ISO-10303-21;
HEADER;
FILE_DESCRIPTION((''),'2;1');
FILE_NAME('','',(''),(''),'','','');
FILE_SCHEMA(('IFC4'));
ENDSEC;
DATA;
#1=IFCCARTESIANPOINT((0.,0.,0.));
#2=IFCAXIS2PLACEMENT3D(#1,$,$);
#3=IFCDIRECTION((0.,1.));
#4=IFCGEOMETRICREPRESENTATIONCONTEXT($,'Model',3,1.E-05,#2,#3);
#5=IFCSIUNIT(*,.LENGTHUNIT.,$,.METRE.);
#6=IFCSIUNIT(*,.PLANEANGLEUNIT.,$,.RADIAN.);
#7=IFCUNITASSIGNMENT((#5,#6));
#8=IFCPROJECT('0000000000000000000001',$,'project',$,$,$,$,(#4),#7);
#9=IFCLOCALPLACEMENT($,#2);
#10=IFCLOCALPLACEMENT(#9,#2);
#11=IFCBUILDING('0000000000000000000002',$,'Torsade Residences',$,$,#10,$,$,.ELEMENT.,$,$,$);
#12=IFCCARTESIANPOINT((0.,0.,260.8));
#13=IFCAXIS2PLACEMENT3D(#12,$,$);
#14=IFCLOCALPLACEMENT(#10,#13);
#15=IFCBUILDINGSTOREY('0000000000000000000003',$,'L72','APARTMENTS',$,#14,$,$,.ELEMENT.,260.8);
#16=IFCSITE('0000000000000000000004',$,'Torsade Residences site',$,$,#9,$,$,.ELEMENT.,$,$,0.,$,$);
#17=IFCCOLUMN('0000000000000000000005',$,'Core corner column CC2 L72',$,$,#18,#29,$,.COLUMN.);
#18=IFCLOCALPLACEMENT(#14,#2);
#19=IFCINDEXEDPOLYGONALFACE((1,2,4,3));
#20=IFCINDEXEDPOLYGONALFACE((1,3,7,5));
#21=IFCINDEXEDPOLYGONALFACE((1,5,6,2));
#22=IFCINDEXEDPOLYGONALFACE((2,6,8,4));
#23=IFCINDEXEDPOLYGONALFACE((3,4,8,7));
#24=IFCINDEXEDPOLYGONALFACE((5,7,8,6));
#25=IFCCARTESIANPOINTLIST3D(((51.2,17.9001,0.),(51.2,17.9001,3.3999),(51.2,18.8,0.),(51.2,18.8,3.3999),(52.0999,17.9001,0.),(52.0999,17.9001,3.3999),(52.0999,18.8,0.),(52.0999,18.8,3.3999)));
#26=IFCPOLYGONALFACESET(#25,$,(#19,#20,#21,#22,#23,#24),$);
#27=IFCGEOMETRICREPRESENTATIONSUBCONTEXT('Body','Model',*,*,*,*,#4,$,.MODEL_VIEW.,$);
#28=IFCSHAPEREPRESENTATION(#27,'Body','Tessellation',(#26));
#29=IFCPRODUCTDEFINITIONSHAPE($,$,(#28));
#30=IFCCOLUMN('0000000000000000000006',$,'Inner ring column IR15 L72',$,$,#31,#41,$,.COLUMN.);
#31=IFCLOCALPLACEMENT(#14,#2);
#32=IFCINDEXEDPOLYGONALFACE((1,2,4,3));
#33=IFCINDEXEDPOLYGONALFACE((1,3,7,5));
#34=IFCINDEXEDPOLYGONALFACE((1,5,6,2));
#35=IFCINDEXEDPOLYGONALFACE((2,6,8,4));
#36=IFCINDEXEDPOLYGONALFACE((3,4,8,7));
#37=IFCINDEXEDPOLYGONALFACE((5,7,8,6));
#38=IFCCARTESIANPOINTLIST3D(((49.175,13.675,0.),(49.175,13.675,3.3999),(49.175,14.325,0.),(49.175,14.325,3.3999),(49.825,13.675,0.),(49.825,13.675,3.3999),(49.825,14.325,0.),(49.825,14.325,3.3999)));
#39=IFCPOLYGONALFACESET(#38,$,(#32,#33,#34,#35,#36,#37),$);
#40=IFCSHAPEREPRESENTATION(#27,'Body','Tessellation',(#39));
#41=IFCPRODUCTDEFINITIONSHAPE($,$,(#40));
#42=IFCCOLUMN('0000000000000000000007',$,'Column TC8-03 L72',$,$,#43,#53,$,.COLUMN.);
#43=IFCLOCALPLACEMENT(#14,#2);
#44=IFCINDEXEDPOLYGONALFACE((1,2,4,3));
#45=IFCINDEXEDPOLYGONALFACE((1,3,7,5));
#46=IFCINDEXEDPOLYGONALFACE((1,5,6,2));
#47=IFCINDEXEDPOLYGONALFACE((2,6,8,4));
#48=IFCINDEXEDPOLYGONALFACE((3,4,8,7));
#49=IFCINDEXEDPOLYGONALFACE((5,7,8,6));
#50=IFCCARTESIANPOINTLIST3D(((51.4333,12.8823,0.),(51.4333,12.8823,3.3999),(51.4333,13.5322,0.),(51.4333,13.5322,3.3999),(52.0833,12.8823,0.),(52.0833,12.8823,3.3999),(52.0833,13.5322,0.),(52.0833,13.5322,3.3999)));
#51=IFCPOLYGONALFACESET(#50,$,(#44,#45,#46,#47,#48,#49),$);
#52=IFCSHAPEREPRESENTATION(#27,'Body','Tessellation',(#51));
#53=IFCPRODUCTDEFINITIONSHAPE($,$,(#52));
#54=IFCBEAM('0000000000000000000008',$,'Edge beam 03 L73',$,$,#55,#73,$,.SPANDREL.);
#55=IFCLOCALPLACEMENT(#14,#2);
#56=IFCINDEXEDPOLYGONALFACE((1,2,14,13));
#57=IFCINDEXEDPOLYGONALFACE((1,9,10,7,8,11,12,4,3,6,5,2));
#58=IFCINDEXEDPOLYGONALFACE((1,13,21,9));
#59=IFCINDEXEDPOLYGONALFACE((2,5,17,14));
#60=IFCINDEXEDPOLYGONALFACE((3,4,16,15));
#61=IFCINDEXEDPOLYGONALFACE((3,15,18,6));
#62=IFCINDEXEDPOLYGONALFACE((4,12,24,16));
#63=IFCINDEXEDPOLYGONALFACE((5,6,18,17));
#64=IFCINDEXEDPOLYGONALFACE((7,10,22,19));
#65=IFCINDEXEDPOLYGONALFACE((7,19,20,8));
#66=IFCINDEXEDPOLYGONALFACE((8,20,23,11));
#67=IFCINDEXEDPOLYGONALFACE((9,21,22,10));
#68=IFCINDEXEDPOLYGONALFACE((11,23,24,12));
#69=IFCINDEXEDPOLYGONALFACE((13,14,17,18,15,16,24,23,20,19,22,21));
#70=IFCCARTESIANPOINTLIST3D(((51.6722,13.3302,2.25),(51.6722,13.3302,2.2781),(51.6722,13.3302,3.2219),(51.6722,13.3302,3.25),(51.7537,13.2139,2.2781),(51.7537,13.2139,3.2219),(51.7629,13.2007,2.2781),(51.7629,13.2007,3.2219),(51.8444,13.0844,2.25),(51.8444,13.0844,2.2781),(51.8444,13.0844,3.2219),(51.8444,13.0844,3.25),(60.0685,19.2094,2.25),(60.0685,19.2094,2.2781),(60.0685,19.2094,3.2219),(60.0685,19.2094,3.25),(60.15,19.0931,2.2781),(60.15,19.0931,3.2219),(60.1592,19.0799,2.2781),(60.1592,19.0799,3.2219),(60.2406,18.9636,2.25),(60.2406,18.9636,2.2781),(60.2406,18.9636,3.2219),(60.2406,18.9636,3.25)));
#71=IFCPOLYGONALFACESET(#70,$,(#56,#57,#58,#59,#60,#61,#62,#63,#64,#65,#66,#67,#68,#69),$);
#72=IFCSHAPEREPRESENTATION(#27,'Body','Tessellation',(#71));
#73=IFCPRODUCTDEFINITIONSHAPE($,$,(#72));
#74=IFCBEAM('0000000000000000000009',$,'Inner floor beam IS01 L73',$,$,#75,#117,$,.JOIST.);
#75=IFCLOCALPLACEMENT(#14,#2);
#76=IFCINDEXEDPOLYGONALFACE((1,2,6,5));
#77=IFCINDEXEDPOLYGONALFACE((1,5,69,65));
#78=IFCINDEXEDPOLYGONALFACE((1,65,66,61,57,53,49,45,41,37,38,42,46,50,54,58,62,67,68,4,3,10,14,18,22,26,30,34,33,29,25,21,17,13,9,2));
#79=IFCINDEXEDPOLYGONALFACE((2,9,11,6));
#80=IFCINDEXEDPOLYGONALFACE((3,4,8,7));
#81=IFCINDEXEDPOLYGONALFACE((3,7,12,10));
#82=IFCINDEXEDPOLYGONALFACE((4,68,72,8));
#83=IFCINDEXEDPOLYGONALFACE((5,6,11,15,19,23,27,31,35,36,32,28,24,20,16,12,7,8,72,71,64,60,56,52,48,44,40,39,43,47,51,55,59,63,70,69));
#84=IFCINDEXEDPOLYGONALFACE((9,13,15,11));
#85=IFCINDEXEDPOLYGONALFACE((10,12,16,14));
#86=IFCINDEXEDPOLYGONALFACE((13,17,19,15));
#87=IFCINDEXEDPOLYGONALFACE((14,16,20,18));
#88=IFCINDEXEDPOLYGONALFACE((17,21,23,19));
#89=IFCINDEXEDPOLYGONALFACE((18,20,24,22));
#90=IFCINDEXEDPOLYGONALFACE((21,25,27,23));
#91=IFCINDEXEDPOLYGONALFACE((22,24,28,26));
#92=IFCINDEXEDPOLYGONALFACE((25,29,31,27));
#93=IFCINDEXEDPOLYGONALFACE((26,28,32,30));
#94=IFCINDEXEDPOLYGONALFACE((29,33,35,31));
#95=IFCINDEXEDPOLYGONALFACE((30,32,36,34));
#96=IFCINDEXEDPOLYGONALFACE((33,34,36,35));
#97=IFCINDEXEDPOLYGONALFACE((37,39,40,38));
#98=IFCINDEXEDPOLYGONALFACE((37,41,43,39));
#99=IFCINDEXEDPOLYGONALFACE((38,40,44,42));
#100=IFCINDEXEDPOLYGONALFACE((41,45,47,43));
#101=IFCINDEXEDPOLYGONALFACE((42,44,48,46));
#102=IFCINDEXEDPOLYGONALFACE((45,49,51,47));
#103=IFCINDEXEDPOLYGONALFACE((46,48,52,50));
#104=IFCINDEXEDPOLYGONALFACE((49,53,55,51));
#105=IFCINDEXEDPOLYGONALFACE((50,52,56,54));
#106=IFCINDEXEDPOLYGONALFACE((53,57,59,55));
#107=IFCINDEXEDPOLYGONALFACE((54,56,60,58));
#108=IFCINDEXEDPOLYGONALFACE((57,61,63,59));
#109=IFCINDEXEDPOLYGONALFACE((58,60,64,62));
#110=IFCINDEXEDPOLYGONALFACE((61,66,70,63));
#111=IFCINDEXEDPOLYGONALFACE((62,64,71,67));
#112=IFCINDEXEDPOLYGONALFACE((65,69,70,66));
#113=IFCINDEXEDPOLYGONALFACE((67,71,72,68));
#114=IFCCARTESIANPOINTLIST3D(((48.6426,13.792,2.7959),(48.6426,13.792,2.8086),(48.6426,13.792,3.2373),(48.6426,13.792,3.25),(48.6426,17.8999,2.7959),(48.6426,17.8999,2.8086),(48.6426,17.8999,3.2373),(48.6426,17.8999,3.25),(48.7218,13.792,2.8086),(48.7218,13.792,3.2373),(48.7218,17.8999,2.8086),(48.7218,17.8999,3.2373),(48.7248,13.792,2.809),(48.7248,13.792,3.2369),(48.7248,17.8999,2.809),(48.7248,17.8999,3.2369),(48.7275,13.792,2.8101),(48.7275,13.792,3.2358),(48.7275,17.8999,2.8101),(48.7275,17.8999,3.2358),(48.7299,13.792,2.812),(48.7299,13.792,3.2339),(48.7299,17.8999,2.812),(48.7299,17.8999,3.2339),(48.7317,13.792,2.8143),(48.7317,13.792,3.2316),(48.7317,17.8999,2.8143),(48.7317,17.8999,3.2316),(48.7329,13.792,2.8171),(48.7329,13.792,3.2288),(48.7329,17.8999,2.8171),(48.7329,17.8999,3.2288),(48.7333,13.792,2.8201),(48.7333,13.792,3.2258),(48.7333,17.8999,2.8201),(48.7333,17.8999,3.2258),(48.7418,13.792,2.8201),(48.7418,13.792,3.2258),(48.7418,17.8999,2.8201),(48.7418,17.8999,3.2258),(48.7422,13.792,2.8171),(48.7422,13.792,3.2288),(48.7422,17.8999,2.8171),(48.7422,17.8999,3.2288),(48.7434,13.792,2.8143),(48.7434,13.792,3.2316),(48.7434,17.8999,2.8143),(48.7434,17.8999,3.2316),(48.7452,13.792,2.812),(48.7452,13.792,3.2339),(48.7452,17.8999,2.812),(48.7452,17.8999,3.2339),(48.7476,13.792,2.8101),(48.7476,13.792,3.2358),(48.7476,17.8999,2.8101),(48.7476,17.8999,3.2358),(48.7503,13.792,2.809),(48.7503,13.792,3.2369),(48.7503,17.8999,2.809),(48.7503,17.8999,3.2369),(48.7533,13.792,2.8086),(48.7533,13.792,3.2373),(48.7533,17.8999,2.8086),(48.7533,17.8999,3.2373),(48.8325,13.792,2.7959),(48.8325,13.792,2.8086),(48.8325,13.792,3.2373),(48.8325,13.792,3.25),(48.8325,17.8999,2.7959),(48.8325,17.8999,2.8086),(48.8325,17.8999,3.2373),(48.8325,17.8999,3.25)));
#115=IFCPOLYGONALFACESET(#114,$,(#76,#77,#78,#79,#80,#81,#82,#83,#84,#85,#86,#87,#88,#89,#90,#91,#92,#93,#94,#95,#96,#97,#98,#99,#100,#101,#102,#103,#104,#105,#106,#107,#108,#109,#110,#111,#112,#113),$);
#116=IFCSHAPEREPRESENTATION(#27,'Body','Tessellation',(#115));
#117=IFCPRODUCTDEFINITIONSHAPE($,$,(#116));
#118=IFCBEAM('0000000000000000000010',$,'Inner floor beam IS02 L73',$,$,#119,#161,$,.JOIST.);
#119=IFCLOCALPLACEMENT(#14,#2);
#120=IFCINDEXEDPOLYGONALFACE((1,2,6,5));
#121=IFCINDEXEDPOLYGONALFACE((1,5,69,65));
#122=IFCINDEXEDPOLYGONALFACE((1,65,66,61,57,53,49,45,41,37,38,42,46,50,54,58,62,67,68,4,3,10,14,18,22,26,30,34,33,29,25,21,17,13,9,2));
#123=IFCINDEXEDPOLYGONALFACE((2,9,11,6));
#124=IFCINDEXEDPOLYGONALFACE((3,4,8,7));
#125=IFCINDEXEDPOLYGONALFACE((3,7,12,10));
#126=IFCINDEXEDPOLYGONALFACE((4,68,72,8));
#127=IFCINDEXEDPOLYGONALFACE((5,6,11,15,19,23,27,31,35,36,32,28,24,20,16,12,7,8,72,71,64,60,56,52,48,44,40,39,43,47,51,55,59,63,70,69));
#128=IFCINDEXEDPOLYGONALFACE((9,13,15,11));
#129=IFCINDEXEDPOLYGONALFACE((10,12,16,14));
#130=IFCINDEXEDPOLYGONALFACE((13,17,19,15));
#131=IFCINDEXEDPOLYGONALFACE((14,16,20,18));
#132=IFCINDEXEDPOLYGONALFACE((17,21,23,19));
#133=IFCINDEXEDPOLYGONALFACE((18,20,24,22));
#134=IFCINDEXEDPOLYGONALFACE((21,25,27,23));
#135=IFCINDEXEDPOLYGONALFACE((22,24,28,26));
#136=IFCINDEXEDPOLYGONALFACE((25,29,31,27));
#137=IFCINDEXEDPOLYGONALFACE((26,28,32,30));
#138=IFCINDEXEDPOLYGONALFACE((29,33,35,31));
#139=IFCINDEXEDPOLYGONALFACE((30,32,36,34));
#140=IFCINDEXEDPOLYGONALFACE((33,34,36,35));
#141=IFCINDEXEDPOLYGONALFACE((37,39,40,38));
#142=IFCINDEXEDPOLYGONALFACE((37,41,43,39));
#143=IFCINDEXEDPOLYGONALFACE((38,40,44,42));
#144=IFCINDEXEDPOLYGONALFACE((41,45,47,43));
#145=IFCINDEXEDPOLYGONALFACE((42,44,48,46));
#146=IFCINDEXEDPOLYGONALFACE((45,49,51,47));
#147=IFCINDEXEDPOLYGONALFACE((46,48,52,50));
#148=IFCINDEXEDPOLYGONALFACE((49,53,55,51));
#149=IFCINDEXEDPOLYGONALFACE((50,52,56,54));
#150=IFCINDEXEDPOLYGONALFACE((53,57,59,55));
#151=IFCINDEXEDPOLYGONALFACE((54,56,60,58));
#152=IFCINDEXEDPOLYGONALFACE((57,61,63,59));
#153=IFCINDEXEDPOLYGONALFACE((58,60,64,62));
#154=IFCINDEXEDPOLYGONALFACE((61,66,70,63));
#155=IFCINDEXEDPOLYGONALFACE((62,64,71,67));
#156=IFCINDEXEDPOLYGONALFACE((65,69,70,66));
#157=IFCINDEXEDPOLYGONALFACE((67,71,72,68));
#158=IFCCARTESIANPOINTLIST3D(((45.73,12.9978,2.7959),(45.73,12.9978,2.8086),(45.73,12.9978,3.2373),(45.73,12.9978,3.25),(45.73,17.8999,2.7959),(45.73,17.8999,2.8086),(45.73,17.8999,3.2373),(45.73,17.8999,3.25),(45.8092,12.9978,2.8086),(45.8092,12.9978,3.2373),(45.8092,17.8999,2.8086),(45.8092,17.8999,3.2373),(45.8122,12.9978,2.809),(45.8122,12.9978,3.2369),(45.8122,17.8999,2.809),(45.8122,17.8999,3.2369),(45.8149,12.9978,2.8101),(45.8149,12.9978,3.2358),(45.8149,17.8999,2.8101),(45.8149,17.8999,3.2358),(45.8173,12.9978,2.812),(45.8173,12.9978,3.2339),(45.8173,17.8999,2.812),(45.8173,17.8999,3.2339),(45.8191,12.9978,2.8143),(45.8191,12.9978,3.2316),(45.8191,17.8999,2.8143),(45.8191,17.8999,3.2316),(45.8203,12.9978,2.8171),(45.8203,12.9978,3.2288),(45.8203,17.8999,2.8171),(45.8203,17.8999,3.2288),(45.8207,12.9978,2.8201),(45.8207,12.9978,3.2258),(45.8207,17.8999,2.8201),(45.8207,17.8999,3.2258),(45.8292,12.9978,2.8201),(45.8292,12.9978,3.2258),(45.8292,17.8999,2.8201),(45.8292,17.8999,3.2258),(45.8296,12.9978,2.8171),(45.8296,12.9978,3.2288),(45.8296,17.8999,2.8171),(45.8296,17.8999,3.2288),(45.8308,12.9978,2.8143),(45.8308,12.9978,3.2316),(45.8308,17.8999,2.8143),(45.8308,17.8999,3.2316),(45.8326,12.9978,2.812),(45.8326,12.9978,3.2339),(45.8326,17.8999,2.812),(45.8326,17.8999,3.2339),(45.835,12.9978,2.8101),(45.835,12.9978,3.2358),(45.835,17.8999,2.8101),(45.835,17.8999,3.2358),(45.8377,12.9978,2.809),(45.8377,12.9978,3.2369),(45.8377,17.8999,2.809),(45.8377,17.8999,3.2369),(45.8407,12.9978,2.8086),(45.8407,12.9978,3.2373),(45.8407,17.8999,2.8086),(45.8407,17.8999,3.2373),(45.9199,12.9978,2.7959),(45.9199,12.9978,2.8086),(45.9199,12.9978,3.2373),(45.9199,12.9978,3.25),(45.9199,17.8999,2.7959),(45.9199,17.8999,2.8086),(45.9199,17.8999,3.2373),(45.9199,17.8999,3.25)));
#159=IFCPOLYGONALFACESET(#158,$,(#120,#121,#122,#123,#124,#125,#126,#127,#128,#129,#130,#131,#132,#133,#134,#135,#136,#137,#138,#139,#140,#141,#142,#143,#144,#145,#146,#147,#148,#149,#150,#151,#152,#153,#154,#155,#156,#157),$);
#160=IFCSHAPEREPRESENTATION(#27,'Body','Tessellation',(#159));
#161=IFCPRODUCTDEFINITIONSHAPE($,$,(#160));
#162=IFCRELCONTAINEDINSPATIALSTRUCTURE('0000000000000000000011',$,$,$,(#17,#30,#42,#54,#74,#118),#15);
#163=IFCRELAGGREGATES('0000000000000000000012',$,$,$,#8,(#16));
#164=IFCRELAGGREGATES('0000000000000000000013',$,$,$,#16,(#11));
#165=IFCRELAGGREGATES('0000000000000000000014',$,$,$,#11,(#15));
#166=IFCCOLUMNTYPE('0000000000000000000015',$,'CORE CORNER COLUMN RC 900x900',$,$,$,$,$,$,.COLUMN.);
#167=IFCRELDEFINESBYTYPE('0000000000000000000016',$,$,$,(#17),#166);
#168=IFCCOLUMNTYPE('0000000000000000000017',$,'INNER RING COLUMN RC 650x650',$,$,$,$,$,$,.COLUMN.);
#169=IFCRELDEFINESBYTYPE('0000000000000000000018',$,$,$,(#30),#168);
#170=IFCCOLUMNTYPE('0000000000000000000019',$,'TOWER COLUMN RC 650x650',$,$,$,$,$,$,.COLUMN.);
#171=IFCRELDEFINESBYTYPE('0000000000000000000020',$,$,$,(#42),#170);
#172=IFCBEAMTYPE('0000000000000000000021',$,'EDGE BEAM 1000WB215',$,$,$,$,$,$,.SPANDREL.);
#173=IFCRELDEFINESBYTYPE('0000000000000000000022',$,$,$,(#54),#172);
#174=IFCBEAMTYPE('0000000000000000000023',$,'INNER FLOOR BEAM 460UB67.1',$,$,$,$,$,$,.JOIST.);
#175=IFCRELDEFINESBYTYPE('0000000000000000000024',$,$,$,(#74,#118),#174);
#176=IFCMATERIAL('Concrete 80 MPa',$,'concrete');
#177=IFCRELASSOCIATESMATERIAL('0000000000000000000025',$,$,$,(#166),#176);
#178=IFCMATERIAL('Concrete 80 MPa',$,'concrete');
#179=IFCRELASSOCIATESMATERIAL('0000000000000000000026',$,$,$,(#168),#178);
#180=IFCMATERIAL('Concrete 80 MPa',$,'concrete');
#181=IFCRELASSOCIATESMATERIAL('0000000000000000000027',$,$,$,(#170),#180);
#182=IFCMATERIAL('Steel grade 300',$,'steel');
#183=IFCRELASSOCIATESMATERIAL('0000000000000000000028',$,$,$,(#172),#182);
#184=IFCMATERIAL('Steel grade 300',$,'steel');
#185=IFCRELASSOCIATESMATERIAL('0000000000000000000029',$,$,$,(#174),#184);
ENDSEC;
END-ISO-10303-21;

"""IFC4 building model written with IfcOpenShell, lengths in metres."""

from ifc_helpers import new_model, si_unit, direction, frame, origin, origin_2d, place, context, subcontext, project, spatial, rectangle, i_section, extrude, material, material_profile, profile_set, type_object, element, save


model = new_model("IFC4")

# Units and contexts
model_context = context("Model", 3, precision=1e-05, world=origin(), true_north=direction((0.0, 1.0)))
body_context = subcontext(model_context, "Body", "Model", "MODEL_VIEW")
ifc_project = project(units=[si_unit("LENGTHUNIT", "METRE"), si_unit("PLANEANGLEUNIT", "RADIAN")], contexts=[model_context])

# Site, building, storey
site_placement = place(None, origin())
site = spatial("IfcSite", under=ifc_project, at=site_placement, Name="Torsade Residences site", CompositionType="ELEMENT", RefElevation=0.0)
building_placement = place(site_placement, origin())
building = spatial("IfcBuilding", under=site, at=building_placement, Name="Torsade Residences", CompositionType="ELEMENT")
storey_placement = place(building_placement, frame((0.0, 0.0, 260.8)))
storey = spatial("IfcBuildingStorey", under=building, at=storey_placement, Name="L72", Description="APARTMENTS", CompositionType="ELEMENT", Elevation=260.8)

# Columns
ifc_material_1 = material(Name="Concrete 80 MPa", Category="concrete")
ifc_material_profile_1 = material_profile(ifc_material_1, rectangle(XDim=0.8999, YDim=0.8999, at=origin_2d()), Name="RC 900x900")
ifc_profile_set_1 = profile_set([ifc_material_profile_1], Name="Concrete 80 MPa")
column_type_1 = type_object("IfcColumnType", Name="CORE CORNER COLUMN RC 900x900", PredefinedType="COLUMN", material=ifc_profile_set_1)
column_1_placement = place(storey_placement, frame((51.6499, 18.3501, 0.0), z_axis=(0.0, 0.0, 1.0), x_axis=(1.0, 0.0, 0.0)))
element("IfcColumn", 1, at=column_1_placement, inside=storey, type_object=column_type_1, Name="Core corner column CC2 L72", PredefinedType="COLUMN", context=body_context, shape_type="SweptSolid", body=[
    extrude(rectangle(XDim=0.8999, YDim=0.8999, at=origin_2d()), origin(), (0.0, 0.0, 1.0), 3.3999),
])
ifc_material_2 = material(Name="Concrete 80 MPa", Category="concrete")
ifc_material_profile_2 = material_profile(ifc_material_2, rectangle(XDim=0.6499, YDim=0.6499, at=origin_2d()), Name="RC 650x650")
ifc_profile_set_2 = profile_set([ifc_material_profile_2], Name="Concrete 80 MPa")
column_type_2 = type_object("IfcColumnType", Name="INNER RING COLUMN RC 650x650", PredefinedType="COLUMN", material=ifc_profile_set_2)
column_2_placement = place(storey_placement, frame((49.5, 14.0, 0.0), z_axis=(0.0, 0.0, 1.0), x_axis=(1.0, 0.0, 0.0)))
element("IfcColumn", 2, at=column_2_placement, inside=storey, type_object=column_type_2, Name="Inner ring column IR15 L72", PredefinedType="COLUMN", context=body_context, shape_type="SweptSolid", body=[
    extrude(rectangle(XDim=0.6499, YDim=0.6499, at=origin_2d()), origin(), (0.0, 0.0, 1.0), 3.3999),
])
ifc_material_3 = material(Name="Concrete 80 MPa", Category="concrete")
ifc_material_profile_3 = material_profile(ifc_material_3, rectangle(XDim=0.6499, YDim=0.6499, at=origin_2d()), Name="RC 650x650")
ifc_profile_set_3 = profile_set([ifc_material_profile_3], Name="Concrete 80 MPa")
column_type_3 = type_object("IfcColumnType", Name="TOWER COLUMN RC 650x650", PredefinedType="COLUMN", material=ifc_profile_set_3)
column_3_placement = place(storey_placement, frame((51.7583, 13.2073, 0.0), z_axis=(0.0, 0.0, 1.0), x_axis=(1.0, 0.0, 0.0)))
element("IfcColumn", 3, at=column_3_placement, inside=storey, type_object=column_type_3, Name="Column TC8-03 L72", PredefinedType="COLUMN", context=body_context, shape_type="SweptSolid", body=[
    extrude(rectangle(XDim=0.6499, YDim=0.6499, at=origin_2d()), origin(), (0.0, 0.0, 1.0), 3.3999),
])

# Beams
ifc_material_4 = material(Name="Steel grade 300", Category="steel")
ifc_material_profile_4 = material_profile(ifc_material_4, i_section(OverallWidth=0.3, OverallDepth=1.0, WebThickness=0.0161, FlangeThickness=0.0281, at=origin_2d()), Name="1000WB215")
ifc_profile_set_4 = profile_set([ifc_material_profile_4], Name="Steel grade 300")
beam_type_1 = type_object("IfcBeamType", Name="EDGE BEAM 1000WB215", PredefinedType="SPANDREL", material=ifc_profile_set_4)
beam_1_placement = place(storey_placement, frame((51.7583, 13.2073, 2.75), z_axis=(0.81915, 0.573579, 0.0), x_axis=(-0.573579, 0.81915, 0.0)))
element("IfcBeam", 4, at=beam_1_placement, inside=storey, type_object=beam_type_1, Name="Edge beam 03 L73", PredefinedType="SPANDREL", context=body_context, shape_type="SweptSolid", body=[
    extrude(i_section(OverallWidth=0.3, OverallDepth=1.0, WebThickness=0.0161, FlangeThickness=0.0281, at=origin_2d()), origin(), (0.0, 0.0, 1.0), 10.25),
])
ifc_material_5 = material(Name="Steel grade 300", Category="steel")
ifc_material_profile_5 = material_profile(ifc_material_5, i_section(OverallWidth=0.1899, OverallDepth=0.4541, WebThickness=0.0085, FlangeThickness=0.0127, FilletRadius=0.0115, at=origin_2d()), Name="460UB67.1")
ifc_profile_set_5 = profile_set([ifc_material_profile_5], Name="Steel grade 300")
beam_type_2 = type_object("IfcBeamType", Name="INNER FLOOR BEAM 460UB67.1", PredefinedType="JOIST", material=ifc_profile_set_5)
beam_2_placement = place(storey_placement, frame((48.7375, 17.8999, 3.0229), z_axis=(0.0, -1.0, 0.0), x_axis=(1.0, 0.0, 0.0)))
element("IfcBeam", 5, at=beam_2_placement, inside=storey, type_object=beam_type_2, Name="Inner floor beam IS01 L73", PredefinedType="JOIST", context=body_context, shape_type="SweptSolid", body=[
    extrude(i_section(OverallWidth=0.1899, OverallDepth=0.4541, WebThickness=0.0085, FlangeThickness=0.0127, FilletRadius=0.0115, at=origin_2d()), origin(), (0.0, 0.0, 1.0), 4.1079),
])
beam_3_placement = place(storey_placement, frame((45.825, 17.8999, 3.0229), z_axis=(0.0, -1.0, 0.0), x_axis=(1.0, 0.0, 0.0)))
element("IfcBeam", 6, at=beam_3_placement, inside=storey, type_object=beam_type_2, Name="Inner floor beam IS02 L73", PredefinedType="JOIST", context=body_context, shape_type="SweptSolid", body=[
    extrude(i_section(OverallWidth=0.1899, OverallDepth=0.4541, WebThickness=0.0085, FlangeThickness=0.0127, FilletRadius=0.0115, at=origin_2d()), origin(), (0.0, 0.0, 1.0), 4.9021),
])

save(model, "model.ifc")
